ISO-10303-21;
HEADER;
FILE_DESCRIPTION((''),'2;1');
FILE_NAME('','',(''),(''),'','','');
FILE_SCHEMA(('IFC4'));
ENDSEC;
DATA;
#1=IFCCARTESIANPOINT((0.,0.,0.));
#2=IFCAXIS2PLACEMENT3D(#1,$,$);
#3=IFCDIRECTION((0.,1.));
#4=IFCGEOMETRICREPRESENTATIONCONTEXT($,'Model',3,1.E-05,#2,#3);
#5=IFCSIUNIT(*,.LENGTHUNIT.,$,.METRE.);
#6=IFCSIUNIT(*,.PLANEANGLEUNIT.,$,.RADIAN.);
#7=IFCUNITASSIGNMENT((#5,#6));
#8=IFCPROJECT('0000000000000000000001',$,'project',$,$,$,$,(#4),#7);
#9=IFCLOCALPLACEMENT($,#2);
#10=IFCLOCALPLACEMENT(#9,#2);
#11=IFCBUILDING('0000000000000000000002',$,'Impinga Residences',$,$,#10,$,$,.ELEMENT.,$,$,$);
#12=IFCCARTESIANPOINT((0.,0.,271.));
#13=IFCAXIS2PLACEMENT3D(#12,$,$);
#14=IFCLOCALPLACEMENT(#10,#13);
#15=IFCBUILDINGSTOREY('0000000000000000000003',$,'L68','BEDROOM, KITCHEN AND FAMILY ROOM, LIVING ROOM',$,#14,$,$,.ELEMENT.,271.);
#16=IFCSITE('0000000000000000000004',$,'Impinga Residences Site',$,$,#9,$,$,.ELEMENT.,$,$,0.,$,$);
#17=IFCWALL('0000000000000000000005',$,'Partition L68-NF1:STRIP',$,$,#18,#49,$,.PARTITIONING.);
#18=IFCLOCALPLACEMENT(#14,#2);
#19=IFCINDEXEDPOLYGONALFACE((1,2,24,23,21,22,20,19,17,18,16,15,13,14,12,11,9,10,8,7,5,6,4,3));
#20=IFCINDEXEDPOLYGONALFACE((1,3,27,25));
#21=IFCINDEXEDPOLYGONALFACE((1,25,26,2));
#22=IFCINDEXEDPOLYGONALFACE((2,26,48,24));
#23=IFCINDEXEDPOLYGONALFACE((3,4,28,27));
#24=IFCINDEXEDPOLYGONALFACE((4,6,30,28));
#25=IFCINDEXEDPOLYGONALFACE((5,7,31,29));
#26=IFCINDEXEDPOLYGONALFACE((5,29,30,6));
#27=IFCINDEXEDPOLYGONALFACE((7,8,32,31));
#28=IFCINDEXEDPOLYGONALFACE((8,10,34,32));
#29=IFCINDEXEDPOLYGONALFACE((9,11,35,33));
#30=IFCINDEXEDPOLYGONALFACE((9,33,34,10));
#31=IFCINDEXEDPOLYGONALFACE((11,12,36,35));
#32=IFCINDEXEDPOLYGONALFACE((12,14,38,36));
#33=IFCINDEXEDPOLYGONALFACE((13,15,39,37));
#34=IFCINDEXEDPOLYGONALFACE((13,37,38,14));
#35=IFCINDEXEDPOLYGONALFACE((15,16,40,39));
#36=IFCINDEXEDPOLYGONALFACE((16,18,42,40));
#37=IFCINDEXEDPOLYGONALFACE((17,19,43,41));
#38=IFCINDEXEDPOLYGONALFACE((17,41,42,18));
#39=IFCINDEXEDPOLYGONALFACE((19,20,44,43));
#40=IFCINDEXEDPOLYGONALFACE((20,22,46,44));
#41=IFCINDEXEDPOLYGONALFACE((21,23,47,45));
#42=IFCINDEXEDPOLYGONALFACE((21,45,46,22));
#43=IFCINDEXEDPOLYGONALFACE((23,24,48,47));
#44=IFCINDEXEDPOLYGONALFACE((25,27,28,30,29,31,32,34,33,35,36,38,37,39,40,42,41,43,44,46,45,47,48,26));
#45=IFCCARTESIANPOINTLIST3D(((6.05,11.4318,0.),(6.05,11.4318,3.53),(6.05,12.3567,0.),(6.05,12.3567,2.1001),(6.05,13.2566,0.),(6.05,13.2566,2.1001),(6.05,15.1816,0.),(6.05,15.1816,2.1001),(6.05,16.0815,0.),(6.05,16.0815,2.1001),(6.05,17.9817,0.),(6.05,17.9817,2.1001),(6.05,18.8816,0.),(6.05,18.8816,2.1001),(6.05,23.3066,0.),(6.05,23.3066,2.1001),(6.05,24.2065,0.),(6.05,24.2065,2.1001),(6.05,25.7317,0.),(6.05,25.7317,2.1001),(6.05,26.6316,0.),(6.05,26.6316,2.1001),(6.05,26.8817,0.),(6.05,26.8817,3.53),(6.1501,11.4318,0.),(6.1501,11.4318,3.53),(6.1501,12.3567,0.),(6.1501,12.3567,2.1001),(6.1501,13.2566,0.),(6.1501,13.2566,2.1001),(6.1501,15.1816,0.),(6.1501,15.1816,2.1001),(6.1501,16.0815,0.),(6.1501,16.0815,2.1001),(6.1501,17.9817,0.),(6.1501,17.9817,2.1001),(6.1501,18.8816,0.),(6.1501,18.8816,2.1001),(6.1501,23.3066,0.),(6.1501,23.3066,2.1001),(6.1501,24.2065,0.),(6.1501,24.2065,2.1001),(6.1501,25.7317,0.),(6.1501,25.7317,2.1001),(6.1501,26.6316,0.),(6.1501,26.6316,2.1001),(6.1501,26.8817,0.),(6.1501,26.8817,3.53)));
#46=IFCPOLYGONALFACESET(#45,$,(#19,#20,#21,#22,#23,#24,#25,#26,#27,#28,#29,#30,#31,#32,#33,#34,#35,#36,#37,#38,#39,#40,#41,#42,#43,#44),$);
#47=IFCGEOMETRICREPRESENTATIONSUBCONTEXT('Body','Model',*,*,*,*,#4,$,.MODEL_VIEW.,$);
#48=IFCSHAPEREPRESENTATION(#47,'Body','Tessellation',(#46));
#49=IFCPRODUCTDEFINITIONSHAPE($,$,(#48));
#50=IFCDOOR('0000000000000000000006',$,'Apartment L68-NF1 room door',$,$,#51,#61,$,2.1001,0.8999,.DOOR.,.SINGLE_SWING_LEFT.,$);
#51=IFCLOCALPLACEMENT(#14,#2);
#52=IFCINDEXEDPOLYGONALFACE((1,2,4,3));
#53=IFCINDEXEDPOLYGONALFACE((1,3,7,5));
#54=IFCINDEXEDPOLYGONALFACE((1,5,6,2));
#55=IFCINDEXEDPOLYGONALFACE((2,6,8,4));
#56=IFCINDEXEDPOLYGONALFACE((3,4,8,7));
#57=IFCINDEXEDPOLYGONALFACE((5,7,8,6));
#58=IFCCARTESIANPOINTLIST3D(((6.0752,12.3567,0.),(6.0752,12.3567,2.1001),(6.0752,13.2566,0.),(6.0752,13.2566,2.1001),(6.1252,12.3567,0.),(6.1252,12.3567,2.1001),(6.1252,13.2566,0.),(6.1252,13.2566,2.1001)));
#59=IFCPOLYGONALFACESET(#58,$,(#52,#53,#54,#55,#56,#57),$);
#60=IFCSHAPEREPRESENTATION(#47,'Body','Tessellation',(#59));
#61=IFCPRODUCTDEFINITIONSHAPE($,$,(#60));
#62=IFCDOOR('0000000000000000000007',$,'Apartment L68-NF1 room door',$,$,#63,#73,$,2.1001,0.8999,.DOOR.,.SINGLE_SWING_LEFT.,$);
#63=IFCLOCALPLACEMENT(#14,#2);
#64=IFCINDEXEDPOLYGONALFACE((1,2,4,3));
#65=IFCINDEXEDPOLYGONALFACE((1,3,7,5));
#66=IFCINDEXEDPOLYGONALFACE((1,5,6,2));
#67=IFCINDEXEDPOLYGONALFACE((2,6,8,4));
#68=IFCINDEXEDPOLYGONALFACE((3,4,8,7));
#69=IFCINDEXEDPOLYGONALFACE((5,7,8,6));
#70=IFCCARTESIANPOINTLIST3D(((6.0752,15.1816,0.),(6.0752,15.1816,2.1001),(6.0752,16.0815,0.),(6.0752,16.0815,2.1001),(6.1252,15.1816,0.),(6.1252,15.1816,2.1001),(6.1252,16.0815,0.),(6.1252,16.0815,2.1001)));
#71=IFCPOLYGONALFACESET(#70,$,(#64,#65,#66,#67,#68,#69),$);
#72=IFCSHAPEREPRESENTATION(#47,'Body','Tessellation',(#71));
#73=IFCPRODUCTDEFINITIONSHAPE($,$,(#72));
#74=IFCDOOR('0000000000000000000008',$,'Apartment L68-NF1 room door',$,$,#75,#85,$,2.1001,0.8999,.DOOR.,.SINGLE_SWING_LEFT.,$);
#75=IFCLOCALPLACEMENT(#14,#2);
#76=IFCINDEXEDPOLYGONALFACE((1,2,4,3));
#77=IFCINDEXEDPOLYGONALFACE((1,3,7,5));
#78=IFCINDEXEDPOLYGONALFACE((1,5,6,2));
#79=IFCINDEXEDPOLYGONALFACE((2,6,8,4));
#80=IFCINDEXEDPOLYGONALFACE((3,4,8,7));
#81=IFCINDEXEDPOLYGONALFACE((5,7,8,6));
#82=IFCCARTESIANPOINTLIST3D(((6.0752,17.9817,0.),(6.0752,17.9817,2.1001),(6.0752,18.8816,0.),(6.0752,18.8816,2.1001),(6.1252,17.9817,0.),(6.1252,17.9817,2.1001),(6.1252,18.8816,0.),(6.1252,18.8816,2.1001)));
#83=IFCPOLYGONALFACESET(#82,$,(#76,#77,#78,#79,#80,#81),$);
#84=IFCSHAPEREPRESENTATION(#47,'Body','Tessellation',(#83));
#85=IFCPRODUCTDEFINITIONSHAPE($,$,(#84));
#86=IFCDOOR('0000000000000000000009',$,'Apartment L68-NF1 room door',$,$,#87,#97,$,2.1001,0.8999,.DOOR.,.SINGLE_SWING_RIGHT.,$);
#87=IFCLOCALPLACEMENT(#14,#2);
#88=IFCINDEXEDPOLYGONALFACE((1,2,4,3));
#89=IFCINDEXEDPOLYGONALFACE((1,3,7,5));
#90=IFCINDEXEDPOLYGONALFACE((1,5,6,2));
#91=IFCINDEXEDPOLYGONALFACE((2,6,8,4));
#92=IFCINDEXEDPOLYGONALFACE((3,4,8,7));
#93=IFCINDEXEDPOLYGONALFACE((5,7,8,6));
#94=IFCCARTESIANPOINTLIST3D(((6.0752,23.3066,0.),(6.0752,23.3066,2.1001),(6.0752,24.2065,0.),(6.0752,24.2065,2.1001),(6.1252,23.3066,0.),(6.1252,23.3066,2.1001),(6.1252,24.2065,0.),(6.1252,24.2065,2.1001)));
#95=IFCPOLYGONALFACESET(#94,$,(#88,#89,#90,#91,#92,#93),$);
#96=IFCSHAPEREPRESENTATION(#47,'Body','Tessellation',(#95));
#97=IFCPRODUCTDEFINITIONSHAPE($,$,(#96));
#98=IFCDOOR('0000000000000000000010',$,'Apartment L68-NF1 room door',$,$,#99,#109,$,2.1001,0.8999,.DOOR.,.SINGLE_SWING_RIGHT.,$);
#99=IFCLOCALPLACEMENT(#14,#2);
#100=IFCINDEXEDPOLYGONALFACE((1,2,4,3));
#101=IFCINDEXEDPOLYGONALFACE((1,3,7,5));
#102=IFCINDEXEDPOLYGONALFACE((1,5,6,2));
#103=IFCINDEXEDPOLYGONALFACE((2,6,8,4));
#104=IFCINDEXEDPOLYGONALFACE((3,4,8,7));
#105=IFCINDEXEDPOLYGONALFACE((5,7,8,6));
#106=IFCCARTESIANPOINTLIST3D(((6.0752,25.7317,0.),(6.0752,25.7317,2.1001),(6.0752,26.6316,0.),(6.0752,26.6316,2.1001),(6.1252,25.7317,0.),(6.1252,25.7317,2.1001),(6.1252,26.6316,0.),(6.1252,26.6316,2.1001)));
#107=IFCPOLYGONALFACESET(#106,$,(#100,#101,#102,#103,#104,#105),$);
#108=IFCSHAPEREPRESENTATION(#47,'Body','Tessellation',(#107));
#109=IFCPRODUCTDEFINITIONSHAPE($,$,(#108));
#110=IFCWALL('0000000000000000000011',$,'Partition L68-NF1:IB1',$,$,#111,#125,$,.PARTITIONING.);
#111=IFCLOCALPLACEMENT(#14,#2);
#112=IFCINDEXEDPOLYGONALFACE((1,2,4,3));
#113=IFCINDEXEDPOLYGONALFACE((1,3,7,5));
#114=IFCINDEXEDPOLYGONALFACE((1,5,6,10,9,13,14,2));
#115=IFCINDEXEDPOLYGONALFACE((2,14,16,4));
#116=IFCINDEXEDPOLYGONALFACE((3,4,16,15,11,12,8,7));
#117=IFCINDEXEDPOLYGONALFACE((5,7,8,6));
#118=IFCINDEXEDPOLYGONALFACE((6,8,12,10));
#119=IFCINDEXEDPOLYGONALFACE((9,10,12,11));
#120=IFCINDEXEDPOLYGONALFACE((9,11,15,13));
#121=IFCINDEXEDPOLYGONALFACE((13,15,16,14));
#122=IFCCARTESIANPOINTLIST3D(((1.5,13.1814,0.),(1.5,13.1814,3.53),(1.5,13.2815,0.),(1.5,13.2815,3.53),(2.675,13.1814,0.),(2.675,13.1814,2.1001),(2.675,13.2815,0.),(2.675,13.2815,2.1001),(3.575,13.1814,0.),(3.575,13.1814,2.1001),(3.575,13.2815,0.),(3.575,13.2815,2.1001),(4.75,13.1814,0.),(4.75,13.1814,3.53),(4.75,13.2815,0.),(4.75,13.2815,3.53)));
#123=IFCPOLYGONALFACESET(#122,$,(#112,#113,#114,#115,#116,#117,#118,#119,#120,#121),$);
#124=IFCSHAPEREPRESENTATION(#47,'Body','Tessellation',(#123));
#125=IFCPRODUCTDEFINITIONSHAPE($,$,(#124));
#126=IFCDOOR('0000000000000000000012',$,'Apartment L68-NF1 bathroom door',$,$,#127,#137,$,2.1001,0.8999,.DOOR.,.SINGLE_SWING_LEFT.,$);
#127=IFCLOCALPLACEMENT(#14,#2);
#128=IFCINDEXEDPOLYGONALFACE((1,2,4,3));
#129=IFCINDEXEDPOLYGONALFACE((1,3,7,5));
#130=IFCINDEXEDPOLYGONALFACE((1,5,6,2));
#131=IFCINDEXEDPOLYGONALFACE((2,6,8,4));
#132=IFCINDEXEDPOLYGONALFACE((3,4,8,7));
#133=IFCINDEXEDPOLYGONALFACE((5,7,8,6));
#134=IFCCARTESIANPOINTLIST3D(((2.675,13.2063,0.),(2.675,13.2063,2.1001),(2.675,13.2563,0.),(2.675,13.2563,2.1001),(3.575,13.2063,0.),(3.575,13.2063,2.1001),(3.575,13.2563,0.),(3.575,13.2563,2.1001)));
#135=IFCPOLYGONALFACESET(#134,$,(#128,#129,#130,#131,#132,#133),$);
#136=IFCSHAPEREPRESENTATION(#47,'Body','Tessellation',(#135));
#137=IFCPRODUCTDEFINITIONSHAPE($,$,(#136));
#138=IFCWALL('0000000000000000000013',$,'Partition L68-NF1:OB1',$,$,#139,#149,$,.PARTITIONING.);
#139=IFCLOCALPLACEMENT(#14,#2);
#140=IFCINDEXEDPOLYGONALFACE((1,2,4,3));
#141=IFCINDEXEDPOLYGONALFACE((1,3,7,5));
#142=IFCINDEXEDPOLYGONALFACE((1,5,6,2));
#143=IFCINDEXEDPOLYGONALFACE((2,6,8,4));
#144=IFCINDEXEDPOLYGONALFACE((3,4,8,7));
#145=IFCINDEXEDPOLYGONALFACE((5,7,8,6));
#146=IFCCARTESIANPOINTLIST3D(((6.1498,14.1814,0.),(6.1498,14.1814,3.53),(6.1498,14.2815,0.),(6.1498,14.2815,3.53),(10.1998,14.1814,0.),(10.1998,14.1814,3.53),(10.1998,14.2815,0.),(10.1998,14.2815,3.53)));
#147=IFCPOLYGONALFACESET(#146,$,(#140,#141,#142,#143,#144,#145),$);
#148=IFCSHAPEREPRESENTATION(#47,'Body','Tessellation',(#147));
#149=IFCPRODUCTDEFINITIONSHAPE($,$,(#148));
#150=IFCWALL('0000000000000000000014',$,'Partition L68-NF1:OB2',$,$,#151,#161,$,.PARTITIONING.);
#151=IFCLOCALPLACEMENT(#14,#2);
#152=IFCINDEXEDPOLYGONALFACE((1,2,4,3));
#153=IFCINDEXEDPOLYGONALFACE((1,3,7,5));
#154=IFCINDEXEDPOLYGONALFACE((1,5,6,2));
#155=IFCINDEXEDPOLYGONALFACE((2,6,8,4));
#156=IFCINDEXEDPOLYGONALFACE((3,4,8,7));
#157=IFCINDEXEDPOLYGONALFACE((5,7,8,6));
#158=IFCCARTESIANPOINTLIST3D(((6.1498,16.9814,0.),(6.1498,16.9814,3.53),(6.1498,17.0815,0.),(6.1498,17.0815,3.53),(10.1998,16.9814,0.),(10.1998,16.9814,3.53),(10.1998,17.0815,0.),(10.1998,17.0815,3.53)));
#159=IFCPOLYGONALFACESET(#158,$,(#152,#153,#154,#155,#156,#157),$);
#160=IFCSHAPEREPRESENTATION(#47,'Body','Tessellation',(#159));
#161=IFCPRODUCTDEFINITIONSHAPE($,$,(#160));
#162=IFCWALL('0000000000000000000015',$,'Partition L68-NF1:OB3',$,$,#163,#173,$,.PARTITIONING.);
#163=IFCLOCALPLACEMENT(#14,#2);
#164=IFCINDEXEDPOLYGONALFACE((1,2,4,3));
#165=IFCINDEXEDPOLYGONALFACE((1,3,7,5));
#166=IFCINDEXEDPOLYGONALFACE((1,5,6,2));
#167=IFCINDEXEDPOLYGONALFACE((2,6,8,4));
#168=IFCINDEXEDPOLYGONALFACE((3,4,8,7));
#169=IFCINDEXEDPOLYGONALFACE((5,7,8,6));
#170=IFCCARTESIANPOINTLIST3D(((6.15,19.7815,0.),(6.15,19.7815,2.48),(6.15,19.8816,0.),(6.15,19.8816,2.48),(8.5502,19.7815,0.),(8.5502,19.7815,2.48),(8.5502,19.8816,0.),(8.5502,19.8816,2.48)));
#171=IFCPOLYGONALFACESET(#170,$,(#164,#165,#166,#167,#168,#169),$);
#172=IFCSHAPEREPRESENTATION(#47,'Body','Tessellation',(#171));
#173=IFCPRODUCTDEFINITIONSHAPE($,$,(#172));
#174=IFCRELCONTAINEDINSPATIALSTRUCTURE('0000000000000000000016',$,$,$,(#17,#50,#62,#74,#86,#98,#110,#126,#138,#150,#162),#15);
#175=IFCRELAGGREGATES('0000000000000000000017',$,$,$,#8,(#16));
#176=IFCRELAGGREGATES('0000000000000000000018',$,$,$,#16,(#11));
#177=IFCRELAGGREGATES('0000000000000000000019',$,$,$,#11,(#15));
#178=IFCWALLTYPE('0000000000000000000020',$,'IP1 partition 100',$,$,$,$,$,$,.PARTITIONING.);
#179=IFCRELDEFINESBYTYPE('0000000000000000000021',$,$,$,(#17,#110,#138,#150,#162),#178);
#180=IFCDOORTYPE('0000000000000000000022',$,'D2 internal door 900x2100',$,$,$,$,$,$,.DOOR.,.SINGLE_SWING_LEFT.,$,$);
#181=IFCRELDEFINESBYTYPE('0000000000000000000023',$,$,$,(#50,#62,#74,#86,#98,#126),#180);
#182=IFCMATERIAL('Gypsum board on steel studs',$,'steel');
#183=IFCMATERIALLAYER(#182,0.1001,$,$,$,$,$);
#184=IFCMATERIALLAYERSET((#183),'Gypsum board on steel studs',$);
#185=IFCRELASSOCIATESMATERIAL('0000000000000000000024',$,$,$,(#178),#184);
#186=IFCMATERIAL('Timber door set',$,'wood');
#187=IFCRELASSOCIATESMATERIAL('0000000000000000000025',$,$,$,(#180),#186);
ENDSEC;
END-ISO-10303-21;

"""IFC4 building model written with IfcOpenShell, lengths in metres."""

from ifc_helpers import new_model, si_unit, direction, frame, frame_2d, origin, place, context, subcontext, project, spatial, rectangle, extrude, material, layer, layer_set, type_object, element, fill, save


model = new_model("IFC4")

# Units and contexts
model_context = context("Model", 3, precision=1e-05, world=origin(), true_north=direction((0.0, 1.0)))
body_context = subcontext(model_context, "Body", "Model", "MODEL_VIEW")
ifc_project = project(units=[si_unit("LENGTHUNIT", "METRE"), si_unit("PLANEANGLEUNIT", "RADIAN")], contexts=[model_context])

# Site, building, storey
site_placement = place(None, origin())
site = spatial("IfcSite", under=ifc_project, at=site_placement, Name="Impinga Residences Site", CompositionType="ELEMENT", RefElevation=0.0)
building_placement = place(site_placement, origin())
building = spatial("IfcBuilding", under=site, at=building_placement, Name="Impinga Residences", CompositionType="ELEMENT")
storey_placement = place(building_placement, frame((0.0, 0.0, 271.0)))
storey = spatial("IfcBuildingStorey", under=building, at=storey_placement, Name="L68", Description="BEDROOM, KITCHEN AND FAMILY ROOM, LIVING ROOM", CompositionType="ELEMENT", Elevation=271.0)

# Shared definitions
ifc_material_1 = material(Name="Timber door set", Category="wood")

# Shared definitions
ifc_material_2 = material(Name="Gypsum board on steel studs", Category="steel")
ifc_layer_1 = layer(ifc_material_2, 0.1001)
ifc_layer_set_1 = layer_set([ifc_layer_1], Name="Gypsum board on steel studs")
wall_type_1 = type_object("IfcWallType", Name="IP1 partition 100", PredefinedType="PARTITIONING", material=ifc_layer_set_1)

# Wall, openings, doors
wall_1_placement = place(storey_placement, frame((6.1001, 11.4316, 0.0), z_axis=(0.0, 0.0, 1.0), x_axis=(0.0, 1.0, 0.0)))
wall_1 = element("IfcWall", 1, at=wall_1_placement, inside=storey, type_object=wall_type_1, Name="Partition L68-NF1:STRIP", PredefinedType="PARTITIONING", context=body_context, shape_type="SweptSolid", body=[
    extrude(rectangle(XDim=15.45, YDim=0.1001, at=frame_2d((7.7251, 0.0))), origin(), (0.0, 0.0, 1.0), 3.53),
])
opening_1_placement = place(wall_1_placement, frame((0.925, 0.0, 0.0)))
opening_1 = element("IfcOpeningElement", 2, at=opening_1_placement, cuts=wall_1, PredefinedType="OPENING", context=body_context, shape_type="SweptSolid", body=[
    extrude(rectangle(XDim=0.8999, YDim=2.1001, at=frame_2d((0.45, 1.05))), frame((0.0, 0.0601, 0.0), z_axis=(0.0, -1.0, 0.0), x_axis=(1.0, 0.0, 0.0)), (0.0, 0.0, 1.0), 0.1201),
])
opening_2_placement = place(wall_1_placement, frame((3.75, 0.0, 0.0)))
opening_2 = element("IfcOpeningElement", 3, at=opening_2_placement, cuts=wall_1, PredefinedType="OPENING", context=body_context, shape_type="SweptSolid", body=[
    extrude(rectangle(XDim=0.8999, YDim=2.1001, at=frame_2d((0.45, 1.05))), frame((0.0, 0.0601, 0.0), z_axis=(0.0, -1.0, 0.0), x_axis=(1.0, 0.0, 0.0)), (0.0, 0.0, 1.0), 0.1201),
])
opening_3_placement = place(wall_1_placement, frame((6.55, 0.0, 0.0)))
opening_3 = element("IfcOpeningElement", 4, at=opening_3_placement, cuts=wall_1, PredefinedType="OPENING", context=body_context, shape_type="SweptSolid", body=[
    extrude(rectangle(XDim=0.8999, YDim=2.1001, at=frame_2d((0.45, 1.05))), frame((0.0, 0.0601, 0.0), z_axis=(0.0, -1.0, 0.0), x_axis=(1.0, 0.0, 0.0)), (0.0, 0.0, 1.0), 0.1201),
])
opening_4_placement = place(wall_1_placement, frame((11.875, 0.0, 0.0)))
opening_4 = element("IfcOpeningElement", 5, at=opening_4_placement, cuts=wall_1, PredefinedType="OPENING", context=body_context, shape_type="SweptSolid", body=[
    extrude(rectangle(XDim=0.8999, YDim=2.1001, at=frame_2d((0.45, 1.05))), frame((0.0, 0.0601, 0.0), z_axis=(0.0, -1.0, 0.0), x_axis=(1.0, 0.0, 0.0)), (0.0, 0.0, 1.0), 0.1201),
])
opening_5_placement = place(wall_1_placement, frame((14.3, 0.0, 0.0)))
opening_5 = element("IfcOpeningElement", 6, at=opening_5_placement, cuts=wall_1, PredefinedType="OPENING", context=body_context, shape_type="SweptSolid", body=[
    extrude(rectangle(XDim=0.8999, YDim=2.1001, at=frame_2d((0.45, 1.05))), frame((0.0, 0.0601, 0.0), z_axis=(0.0, -1.0, 0.0), x_axis=(1.0, 0.0, 0.0)), (0.0, 0.0, 1.0), 0.1201),
])
door_type_1 = type_object("IfcDoorType", Name="D2 internal door 900x2100", OperationType="SINGLE_SWING_LEFT", PredefinedType="DOOR", material=ifc_material_1)
door_1_placement = place(opening_1_placement, origin())
door_1 = element("IfcDoor", 7, at=door_1_placement, inside=storey, type_object=door_type_1, Name="Apartment L68-NF1 room door", OperationType="SINGLE_SWING_LEFT", OverallHeight=2.1001, OverallWidth=0.8999, PredefinedType="DOOR", context=body_context, shape_type="SweptSolid", body=[
    extrude(rectangle(XDim=0.8999, YDim=2.1001, at=frame_2d((0.45, 1.05))), frame((0.0, 0.0249, 0.0), z_axis=(0.0, -1.0, 0.0), x_axis=(1.0, 0.0, 0.0)), (0.0, 0.0, 1.0), 0.05),
])
fill(opening_1, door_1)
door_2_placement = place(opening_2_placement, origin())
door_2 = element("IfcDoor", 8, at=door_2_placement, inside=storey, type_object=door_type_1, Name="Apartment L68-NF1 room door", OperationType="SINGLE_SWING_LEFT", OverallHeight=2.1001, OverallWidth=0.8999, PredefinedType="DOOR", context=body_context, shape_type="SweptSolid", body=[
    extrude(rectangle(XDim=0.8999, YDim=2.1001, at=frame_2d((0.45, 1.05))), frame((0.0, 0.0249, 0.0), z_axis=(0.0, -1.0, 0.0), x_axis=(1.0, 0.0, 0.0)), (0.0, 0.0, 1.0), 0.05),
])
fill(opening_2, door_2)
door_3_placement = place(opening_3_placement, origin())
door_3 = element("IfcDoor", 9, at=door_3_placement, inside=storey, type_object=door_type_1, Name="Apartment L68-NF1 room door", OperationType="SINGLE_SWING_LEFT", OverallHeight=2.1001, OverallWidth=0.8999, PredefinedType="DOOR", context=body_context, shape_type="SweptSolid", body=[
    extrude(rectangle(XDim=0.8999, YDim=2.1001, at=frame_2d((0.45, 1.05))), frame((0.0, 0.0249, 0.0), z_axis=(0.0, -1.0, 0.0), x_axis=(1.0, 0.0, 0.0)), (0.0, 0.0, 1.0), 0.05),
])
fill(opening_3, door_3)
door_4_placement = place(opening_4_placement, origin())
door_4 = element("IfcDoor", 10, at=door_4_placement, inside=storey, type_object=door_type_1, Name="Apartment L68-NF1 room door", OperationType="SINGLE_SWING_RIGHT", OverallHeight=2.1001, OverallWidth=0.8999, PredefinedType="DOOR", context=body_context, shape_type="SweptSolid", body=[
    extrude(rectangle(XDim=0.8999, YDim=2.1001, at=frame_2d((0.45, 1.05))), frame((0.0, 0.0249, 0.0), z_axis=(0.0, -1.0, 0.0), x_axis=(1.0, 0.0, 0.0)), (0.0, 0.0, 1.0), 0.05),
])
fill(opening_4, door_4)
door_5_placement = place(opening_5_placement, origin())
door_5 = element("IfcDoor", 11, at=door_5_placement, inside=storey, type_object=door_type_1, Name="Apartment L68-NF1 room door", OperationType="SINGLE_SWING_RIGHT", OverallHeight=2.1001, OverallWidth=0.8999, PredefinedType="DOOR", context=body_context, shape_type="SweptSolid", body=[
    extrude(rectangle(XDim=0.8999, YDim=2.1001, at=frame_2d((0.45, 1.05))), frame((0.0, 0.0249, 0.0), z_axis=(0.0, -1.0, 0.0), x_axis=(1.0, 0.0, 0.0)), (0.0, 0.0, 1.0), 0.05),
])
fill(opening_5, door_5)

# Wall, opening, door
wall_2_placement = place(storey_placement, frame((1.5, 13.2314, 0.0), z_axis=(0.0, 0.0, 1.0), x_axis=(1.0, 0.0, 0.0)))
wall_2 = element("IfcWall", 12, at=wall_2_placement, inside=storey, type_object=wall_type_1, Name="Partition L68-NF1:IB1", PredefinedType="PARTITIONING", context=body_context, shape_type="SweptSolid", body=[
    extrude(rectangle(XDim=3.25, YDim=0.1001, at=frame_2d((1.625, 0.0))), origin(), (0.0, 0.0, 1.0), 3.53),
])
opening_6_placement = place(wall_2_placement, frame((1.175, 0.0, 0.0)))
opening_6 = element("IfcOpeningElement", 13, at=opening_6_placement, cuts=wall_2, PredefinedType="OPENING", context=body_context, shape_type="SweptSolid", body=[
    extrude(rectangle(XDim=0.8999, YDim=2.1001, at=frame_2d((0.45, 1.05))), frame((0.0, 0.0601, 0.0), z_axis=(0.0, -1.0, 0.0), x_axis=(1.0, 0.0, 0.0)), (0.0, 0.0, 1.0), 0.1201),
])
door_6_placement = place(opening_6_placement, origin())
door_6 = element("IfcDoor", 14, at=door_6_placement, inside=storey, type_object=door_type_1, Name="Apartment L68-NF1 bathroom door", OperationType="SINGLE_SWING_LEFT", OverallHeight=2.1001, OverallWidth=0.8999, PredefinedType="DOOR", context=body_context, shape_type="SweptSolid", body=[
    extrude(rectangle(XDim=0.8999, YDim=2.1001, at=frame_2d((0.45, 1.05))), frame((0.0, 0.0249, 0.0), z_axis=(0.0, -1.0, 0.0), x_axis=(1.0, 0.0, 0.0)), (0.0, 0.0, 1.0), 0.05),
])
fill(opening_6, door_6)

# Walls
for number, where, z_axis, x_axis, name in (
    (15, (6.1499, 14.2314, 0.0), (0.0, 0.0, 1.0), (1.0, 0.0, 0.0), "Partition L68-NF1:OB1"),
    (16, (6.1499, 17.0315, 0.0), (0.0, 0.0, 1.0), (1.0, 0.0, 0.0), "Partition L68-NF1:OB2"),
):
    element("IfcWall", number, at=place(storey_placement, frame(where, z_axis=z_axis, x_axis=x_axis)), inside=storey, type_object=wall_type_1, Name=name, PredefinedType="PARTITIONING", context=body_context, shape_type="SweptSolid", body=[
        extrude(rectangle(XDim=4.05, YDim=0.1001, at=frame_2d((2.0249, 0.0))), origin(), (0.0, 0.0, 1.0), 3.53),
    ])
wall_3_placement = place(storey_placement, frame((6.1499, 19.8315, 0.0), z_axis=(0.0, 0.0, 1.0), x_axis=(1.0, 0.0, 0.0)))
element("IfcWall", 17, at=wall_3_placement, inside=storey, type_object=wall_type_1, Name="Partition L68-NF1:OB3", PredefinedType="PARTITIONING", context=body_context, shape_type="SweptSolid", body=[
    extrude(rectangle(XDim=2.4001, YDim=0.1001, at=frame_2d((1.2002, 0.0))), origin(), (0.0, 0.0, 1.0), 2.48),
])

save(model, "model.ifc")
